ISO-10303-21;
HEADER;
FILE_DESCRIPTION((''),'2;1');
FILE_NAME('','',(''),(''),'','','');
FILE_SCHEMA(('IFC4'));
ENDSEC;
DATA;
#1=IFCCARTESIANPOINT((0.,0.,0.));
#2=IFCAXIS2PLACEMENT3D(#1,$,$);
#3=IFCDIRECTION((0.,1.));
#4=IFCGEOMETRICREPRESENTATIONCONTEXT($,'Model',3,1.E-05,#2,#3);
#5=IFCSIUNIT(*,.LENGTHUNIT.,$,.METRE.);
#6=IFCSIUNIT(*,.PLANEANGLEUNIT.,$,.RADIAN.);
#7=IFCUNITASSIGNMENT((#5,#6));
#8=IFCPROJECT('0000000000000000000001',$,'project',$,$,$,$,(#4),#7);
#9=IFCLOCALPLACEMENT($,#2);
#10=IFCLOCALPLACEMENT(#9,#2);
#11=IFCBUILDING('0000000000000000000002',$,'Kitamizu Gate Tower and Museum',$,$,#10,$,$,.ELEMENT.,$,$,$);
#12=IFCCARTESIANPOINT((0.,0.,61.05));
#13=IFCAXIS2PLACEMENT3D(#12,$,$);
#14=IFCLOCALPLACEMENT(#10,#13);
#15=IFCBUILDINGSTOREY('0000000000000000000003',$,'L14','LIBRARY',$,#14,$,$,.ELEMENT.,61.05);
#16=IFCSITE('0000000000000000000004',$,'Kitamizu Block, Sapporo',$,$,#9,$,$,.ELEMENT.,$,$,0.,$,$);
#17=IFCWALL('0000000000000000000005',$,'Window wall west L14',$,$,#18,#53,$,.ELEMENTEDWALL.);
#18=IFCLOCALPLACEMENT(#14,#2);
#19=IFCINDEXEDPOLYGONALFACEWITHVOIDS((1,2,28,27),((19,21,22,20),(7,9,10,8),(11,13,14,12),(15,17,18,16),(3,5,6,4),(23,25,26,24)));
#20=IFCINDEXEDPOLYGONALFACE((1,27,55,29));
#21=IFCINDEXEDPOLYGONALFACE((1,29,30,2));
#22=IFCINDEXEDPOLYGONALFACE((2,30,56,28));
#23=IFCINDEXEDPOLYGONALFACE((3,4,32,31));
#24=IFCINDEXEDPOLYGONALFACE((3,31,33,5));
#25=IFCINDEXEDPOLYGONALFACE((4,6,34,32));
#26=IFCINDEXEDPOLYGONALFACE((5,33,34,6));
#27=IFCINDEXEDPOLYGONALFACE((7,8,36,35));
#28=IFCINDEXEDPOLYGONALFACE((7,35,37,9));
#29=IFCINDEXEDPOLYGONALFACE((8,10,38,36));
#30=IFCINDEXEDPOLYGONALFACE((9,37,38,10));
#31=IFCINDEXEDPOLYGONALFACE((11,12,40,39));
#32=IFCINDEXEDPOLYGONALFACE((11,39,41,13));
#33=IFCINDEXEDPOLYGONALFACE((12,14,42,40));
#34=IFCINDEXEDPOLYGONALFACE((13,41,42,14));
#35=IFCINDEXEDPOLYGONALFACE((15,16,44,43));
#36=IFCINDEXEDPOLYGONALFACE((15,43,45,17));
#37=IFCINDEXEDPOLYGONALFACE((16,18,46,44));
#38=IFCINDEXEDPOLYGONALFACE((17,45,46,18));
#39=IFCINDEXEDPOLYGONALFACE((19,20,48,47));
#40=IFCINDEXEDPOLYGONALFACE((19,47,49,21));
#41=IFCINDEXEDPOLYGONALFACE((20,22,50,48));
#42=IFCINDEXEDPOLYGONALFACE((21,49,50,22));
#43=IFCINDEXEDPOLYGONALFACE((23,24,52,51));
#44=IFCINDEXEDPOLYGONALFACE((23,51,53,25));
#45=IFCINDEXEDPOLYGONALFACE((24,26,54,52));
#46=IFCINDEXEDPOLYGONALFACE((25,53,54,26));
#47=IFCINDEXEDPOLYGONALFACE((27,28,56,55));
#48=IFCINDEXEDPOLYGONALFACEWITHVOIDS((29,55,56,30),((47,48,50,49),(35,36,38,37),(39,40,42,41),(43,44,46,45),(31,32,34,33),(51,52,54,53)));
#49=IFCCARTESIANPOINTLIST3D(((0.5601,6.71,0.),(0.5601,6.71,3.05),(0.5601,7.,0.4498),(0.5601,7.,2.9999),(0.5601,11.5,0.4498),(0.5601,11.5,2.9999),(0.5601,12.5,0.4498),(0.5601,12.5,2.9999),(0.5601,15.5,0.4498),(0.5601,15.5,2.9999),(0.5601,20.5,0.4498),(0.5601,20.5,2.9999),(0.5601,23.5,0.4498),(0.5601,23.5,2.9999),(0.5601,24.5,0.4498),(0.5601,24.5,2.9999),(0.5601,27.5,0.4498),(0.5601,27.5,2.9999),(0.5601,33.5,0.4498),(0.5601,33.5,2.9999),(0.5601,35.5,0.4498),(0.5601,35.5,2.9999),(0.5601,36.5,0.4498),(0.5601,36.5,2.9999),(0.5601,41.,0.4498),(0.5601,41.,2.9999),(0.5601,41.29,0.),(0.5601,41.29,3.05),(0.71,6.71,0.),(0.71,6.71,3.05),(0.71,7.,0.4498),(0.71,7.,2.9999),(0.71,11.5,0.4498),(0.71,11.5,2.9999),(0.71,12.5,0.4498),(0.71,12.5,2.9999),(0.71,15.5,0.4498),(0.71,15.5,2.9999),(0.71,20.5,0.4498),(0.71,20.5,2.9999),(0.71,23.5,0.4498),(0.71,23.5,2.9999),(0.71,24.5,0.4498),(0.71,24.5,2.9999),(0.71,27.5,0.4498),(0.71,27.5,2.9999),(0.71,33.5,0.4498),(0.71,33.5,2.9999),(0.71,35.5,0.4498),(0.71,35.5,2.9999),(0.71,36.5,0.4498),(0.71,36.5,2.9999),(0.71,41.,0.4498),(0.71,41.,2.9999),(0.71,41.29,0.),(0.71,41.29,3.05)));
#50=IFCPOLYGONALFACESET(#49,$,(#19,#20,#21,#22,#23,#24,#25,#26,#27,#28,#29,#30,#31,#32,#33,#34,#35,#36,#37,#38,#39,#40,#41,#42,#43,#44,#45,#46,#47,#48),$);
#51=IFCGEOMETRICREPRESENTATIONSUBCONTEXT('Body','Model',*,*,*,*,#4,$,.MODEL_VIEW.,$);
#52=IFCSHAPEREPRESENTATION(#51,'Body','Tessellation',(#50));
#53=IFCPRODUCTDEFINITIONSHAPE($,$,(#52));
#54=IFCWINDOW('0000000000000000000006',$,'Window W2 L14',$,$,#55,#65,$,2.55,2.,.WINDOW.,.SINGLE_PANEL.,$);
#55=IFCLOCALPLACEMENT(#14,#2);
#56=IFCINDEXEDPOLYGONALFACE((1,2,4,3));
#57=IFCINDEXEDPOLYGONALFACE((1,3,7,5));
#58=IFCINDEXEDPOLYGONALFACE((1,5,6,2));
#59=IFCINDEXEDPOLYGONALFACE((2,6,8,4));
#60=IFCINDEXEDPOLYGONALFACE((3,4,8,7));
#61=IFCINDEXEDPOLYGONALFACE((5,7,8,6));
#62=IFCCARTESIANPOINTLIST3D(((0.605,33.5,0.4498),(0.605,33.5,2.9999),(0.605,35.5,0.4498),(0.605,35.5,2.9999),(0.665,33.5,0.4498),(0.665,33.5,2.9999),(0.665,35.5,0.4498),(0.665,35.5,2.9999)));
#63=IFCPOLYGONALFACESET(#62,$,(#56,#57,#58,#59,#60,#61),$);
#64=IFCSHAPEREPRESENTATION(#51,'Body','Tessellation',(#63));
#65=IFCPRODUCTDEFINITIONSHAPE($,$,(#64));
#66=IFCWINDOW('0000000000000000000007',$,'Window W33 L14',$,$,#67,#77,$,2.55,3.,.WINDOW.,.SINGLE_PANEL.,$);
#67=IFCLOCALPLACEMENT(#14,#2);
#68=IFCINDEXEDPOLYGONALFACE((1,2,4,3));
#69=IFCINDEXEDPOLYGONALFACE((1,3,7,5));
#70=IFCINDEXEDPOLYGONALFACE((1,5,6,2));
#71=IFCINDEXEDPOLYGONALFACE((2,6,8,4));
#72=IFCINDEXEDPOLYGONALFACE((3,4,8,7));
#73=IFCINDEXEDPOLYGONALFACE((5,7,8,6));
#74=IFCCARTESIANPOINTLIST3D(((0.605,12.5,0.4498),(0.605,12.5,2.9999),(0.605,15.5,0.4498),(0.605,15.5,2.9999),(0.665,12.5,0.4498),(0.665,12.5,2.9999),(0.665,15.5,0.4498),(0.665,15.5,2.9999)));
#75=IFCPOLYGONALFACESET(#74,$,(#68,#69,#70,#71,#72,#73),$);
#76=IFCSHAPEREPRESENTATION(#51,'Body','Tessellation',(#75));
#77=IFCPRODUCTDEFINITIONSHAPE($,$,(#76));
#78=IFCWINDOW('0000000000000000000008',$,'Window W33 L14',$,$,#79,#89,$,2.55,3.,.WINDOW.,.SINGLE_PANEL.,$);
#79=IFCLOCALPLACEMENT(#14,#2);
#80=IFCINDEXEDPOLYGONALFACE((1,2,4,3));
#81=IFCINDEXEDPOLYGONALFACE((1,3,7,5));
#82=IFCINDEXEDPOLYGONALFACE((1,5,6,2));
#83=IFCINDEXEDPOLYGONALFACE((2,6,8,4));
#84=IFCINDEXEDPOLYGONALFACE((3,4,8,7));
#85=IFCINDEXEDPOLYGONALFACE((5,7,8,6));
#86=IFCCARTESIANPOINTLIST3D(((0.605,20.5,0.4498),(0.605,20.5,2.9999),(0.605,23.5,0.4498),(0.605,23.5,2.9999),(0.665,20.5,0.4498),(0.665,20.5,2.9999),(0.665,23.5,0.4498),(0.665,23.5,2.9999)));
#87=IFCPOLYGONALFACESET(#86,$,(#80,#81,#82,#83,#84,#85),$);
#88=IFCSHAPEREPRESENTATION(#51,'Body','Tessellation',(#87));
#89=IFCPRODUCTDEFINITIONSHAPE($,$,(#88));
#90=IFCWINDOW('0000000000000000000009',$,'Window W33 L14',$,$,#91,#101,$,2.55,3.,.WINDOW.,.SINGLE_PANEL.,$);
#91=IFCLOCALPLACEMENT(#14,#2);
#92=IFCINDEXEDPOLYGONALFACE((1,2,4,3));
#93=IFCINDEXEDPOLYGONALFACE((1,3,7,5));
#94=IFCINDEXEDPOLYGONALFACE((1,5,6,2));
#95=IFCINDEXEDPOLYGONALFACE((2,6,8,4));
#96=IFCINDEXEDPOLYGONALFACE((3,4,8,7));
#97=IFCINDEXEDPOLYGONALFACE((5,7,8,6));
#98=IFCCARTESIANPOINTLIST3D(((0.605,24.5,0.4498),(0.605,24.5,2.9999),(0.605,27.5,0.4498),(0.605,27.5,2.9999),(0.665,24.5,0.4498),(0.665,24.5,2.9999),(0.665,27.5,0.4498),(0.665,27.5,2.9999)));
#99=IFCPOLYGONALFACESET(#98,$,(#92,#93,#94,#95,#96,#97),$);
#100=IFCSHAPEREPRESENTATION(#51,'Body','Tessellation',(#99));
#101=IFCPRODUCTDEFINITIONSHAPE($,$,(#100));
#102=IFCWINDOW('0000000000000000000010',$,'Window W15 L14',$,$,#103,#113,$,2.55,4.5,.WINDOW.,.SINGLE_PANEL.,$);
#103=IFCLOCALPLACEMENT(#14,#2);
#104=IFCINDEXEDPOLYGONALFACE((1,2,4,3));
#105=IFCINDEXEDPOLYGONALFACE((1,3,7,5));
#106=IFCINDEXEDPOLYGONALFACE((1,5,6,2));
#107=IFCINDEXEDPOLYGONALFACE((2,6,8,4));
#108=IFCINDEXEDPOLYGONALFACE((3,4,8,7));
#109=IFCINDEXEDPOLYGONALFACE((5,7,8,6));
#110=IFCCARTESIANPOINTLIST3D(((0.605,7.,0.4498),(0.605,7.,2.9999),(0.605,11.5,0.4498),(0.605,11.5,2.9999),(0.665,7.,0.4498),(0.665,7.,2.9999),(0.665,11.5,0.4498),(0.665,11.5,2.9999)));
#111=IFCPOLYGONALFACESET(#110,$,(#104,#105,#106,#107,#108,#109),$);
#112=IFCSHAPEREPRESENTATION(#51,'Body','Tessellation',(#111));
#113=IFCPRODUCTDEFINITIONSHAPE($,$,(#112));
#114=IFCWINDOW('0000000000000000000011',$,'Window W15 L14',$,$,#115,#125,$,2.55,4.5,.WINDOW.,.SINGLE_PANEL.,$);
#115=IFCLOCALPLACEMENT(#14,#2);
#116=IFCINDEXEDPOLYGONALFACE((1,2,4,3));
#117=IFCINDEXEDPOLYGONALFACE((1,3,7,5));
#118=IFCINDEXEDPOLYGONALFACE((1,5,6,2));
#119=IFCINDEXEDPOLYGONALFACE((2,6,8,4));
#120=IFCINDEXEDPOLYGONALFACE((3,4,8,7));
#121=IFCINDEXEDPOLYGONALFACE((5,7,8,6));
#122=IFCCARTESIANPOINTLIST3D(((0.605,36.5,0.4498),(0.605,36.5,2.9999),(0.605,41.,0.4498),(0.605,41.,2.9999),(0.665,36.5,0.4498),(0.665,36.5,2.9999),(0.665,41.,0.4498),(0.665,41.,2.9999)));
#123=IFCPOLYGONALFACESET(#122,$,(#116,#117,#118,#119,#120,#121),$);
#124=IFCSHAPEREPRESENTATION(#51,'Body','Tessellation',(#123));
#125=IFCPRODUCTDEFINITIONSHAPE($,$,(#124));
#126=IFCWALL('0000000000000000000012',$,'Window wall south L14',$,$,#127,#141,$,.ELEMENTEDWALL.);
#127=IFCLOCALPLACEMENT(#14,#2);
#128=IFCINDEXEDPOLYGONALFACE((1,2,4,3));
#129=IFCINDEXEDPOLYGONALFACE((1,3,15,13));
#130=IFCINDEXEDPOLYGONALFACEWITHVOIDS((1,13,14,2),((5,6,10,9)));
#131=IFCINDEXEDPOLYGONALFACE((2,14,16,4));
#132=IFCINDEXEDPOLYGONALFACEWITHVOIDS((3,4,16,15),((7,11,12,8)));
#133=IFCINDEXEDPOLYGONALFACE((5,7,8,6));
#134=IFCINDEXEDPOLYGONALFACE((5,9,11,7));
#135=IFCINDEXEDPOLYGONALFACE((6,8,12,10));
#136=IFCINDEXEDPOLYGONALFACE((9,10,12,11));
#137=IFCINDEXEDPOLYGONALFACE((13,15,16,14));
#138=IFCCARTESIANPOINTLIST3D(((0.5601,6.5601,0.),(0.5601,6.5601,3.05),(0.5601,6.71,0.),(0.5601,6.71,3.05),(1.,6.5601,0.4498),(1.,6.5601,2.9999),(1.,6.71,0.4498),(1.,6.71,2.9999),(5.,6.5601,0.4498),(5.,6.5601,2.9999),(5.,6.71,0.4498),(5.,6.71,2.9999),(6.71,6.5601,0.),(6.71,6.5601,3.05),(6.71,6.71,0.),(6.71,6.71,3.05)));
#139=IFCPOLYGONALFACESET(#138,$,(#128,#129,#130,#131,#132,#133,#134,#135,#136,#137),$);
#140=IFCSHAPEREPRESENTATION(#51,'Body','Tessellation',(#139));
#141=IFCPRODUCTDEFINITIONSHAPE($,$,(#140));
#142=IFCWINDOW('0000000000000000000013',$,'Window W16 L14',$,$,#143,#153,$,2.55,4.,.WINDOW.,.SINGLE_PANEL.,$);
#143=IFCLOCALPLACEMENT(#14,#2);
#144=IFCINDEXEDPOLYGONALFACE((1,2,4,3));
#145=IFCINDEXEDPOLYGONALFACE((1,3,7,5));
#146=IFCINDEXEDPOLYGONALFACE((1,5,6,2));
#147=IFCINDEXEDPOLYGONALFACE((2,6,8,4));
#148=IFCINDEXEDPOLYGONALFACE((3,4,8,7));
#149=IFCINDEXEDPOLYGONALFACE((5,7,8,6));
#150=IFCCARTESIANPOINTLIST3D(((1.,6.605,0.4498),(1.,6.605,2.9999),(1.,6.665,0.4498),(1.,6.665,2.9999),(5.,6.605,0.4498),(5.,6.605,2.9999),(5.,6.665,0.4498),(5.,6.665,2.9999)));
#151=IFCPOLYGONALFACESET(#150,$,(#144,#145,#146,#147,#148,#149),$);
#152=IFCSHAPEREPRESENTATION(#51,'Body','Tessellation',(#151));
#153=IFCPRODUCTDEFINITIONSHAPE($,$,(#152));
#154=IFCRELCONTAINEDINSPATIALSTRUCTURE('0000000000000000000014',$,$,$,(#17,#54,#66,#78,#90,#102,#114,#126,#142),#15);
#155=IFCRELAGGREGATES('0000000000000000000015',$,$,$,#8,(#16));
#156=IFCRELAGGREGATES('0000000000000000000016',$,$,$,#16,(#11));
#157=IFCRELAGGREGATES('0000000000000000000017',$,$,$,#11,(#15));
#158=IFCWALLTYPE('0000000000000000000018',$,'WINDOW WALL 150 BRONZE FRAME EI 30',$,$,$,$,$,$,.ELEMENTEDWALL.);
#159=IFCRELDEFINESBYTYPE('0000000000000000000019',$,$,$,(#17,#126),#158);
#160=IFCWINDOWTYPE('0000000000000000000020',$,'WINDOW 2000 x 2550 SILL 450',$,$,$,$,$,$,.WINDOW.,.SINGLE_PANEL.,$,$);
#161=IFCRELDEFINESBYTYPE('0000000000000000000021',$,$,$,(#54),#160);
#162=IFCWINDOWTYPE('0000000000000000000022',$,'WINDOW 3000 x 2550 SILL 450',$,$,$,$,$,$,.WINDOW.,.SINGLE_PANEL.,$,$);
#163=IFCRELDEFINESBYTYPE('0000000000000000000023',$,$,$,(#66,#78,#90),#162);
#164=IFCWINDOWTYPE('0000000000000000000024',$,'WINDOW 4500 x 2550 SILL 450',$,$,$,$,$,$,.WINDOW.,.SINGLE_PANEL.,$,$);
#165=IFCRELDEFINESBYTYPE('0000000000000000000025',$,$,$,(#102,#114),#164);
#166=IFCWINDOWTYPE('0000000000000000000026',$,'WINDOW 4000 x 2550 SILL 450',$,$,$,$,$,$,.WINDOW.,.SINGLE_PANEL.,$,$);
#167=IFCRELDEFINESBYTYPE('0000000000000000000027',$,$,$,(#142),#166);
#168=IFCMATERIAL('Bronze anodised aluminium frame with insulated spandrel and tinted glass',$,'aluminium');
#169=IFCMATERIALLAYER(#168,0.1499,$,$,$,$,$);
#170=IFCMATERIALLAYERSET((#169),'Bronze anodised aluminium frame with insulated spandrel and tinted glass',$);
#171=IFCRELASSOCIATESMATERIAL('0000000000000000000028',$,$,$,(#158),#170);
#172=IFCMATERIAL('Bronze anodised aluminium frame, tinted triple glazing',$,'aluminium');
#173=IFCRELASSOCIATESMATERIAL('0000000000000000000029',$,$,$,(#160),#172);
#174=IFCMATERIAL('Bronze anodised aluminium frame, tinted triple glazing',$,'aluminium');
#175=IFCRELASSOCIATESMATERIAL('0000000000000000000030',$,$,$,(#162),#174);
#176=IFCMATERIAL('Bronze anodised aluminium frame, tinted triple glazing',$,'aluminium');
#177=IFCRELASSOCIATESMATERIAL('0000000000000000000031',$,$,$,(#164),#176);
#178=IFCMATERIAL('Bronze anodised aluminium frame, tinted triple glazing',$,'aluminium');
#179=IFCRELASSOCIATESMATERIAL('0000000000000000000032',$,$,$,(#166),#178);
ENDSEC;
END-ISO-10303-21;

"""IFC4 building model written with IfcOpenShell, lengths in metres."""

from ifc_helpers import new_model, si_unit, direction, frame, frame_2d, origin, place, context, subcontext, project, spatial, rectangle, extrude, material, layer, layer_set, type_object, element, fill, save


model = new_model("IFC4")

# Units and contexts
model_context = context("Model", 3, precision=1e-05, world=origin(), true_north=direction((0.0, 1.0)))
body_context = subcontext(model_context, "Body", "Model", "MODEL_VIEW")
ifc_project = project(units=[si_unit("LENGTHUNIT", "METRE"), si_unit("PLANEANGLEUNIT", "RADIAN")], contexts=[model_context])

# Site, building, storey
site_placement = place(None, origin())
site = spatial("IfcSite", under=ifc_project, at=site_placement, Name="Kitamizu Block, Sapporo", CompositionType="ELEMENT", RefElevation=0.0)
building_placement = place(site_placement, origin())
building = spatial("IfcBuilding", under=site, at=building_placement, Name="Kitamizu Gate Tower and Museum", CompositionType="ELEMENT")
storey_placement = place(building_placement, frame((0.0, 0.0, 61.05)))
storey = spatial("IfcBuildingStorey", under=building, at=storey_placement, Name="L14", Description="LIBRARY", CompositionType="ELEMENT", Elevation=61.05)

# Wall, openings, windows
ifc_material_1 = material(Name="Bronze anodised aluminium frame with insulated spandrel and tinted glass", Category="aluminium")
ifc_layer_1 = layer(ifc_material_1, 0.1499)
ifc_layer_set_1 = layer_set([ifc_layer_1], Name="Bronze anodised aluminium frame with insulated spandrel and tinted glass")
wall_type_1 = type_object("IfcWallType", Name="WINDOW WALL 150 BRONZE FRAME EI 30", PredefinedType="ELEMENTEDWALL", material=ifc_layer_set_1)
wall_1_placement = place(storey_placement, frame((0.635, 6.71, 0.0), z_axis=(0.0, 0.0, 1.0), x_axis=(0.0, 1.0, 0.0)))
wall_1 = element("IfcWall", 1, at=wall_1_placement, inside=storey, type_object=wall_type_1, Name="Window wall west L14", PredefinedType="ELEMENTEDWALL", context=body_context, shape_type="SweptSolid", body=[
    extrude(rectangle(XDim=34.5801, YDim=0.1499, at=frame_2d((17.29, 0.0))), origin(), (0.0, 0.0, 1.0), 3.05),
])
opening_1_placement = place(wall_1_placement, frame((0.29, 0.0, 0.45)))
opening_1 = element("IfcOpeningElement", 2, at=opening_1_placement, cuts=wall_1, PredefinedType="OPENING", context=body_context, shape_type="SweptSolid", body=[
    extrude(rectangle(XDim=4.5, YDim=2.55, at=frame_2d((2.25, 1.2749))), frame((0.0, 0.085, 0.0), z_axis=(0.0, -1.0, 0.0), x_axis=(1.0, 0.0, 0.0)), (0.0, 0.0, 1.0), 0.1699),
])
opening_2_placement = place(wall_1_placement, frame((5.79, 0.0, 0.45)))
opening_2 = element("IfcOpeningElement", 3, at=opening_2_placement, cuts=wall_1, PredefinedType="OPENING", context=body_context, shape_type="SweptSolid", body=[
    extrude(rectangle(XDim=3.0, YDim=2.55, at=frame_2d((1.5, 1.2749))), frame((0.0, 0.085, 0.0), z_axis=(0.0, -1.0, 0.0), x_axis=(1.0, 0.0, 0.0)), (0.0, 0.0, 1.0), 0.1699),
])
opening_3_placement = place(wall_1_placement, frame((13.79, 0.0, 0.45)))
opening_3 = element("IfcOpeningElement", 4, at=opening_3_placement, cuts=wall_1, PredefinedType="OPENING", context=body_context, shape_type="SweptSolid", body=[
    extrude(rectangle(XDim=3.0, YDim=2.55, at=frame_2d((1.5, 1.2749))), frame((0.0, 0.085, 0.0), z_axis=(0.0, -1.0, 0.0), x_axis=(1.0, 0.0, 0.0)), (0.0, 0.0, 1.0), 0.1699),
])
opening_4_placement = place(wall_1_placement, frame((17.79, 0.0, 0.45)))
opening_4 = element("IfcOpeningElement", 5, at=opening_4_placement, cuts=wall_1, PredefinedType="OPENING", context=body_context, shape_type="SweptSolid", body=[
    extrude(rectangle(XDim=3.0, YDim=2.55, at=frame_2d((1.5, 1.2749))), frame((0.0, 0.085, 0.0), z_axis=(0.0, -1.0, 0.0), x_axis=(1.0, 0.0, 0.0)), (0.0, 0.0, 1.0), 0.1699),
])
opening_5_placement = place(wall_1_placement, frame((26.79, 0.0, 0.45)))
opening_5 = element("IfcOpeningElement", 6, at=opening_5_placement, cuts=wall_1, PredefinedType="OPENING", context=body_context, shape_type="SweptSolid", body=[
    extrude(rectangle(XDim=2.0, YDim=2.55, at=frame_2d((1.0, 1.2749))), frame((0.0, 0.085, 0.0), z_axis=(0.0, -1.0, 0.0), x_axis=(1.0, 0.0, 0.0)), (0.0, 0.0, 1.0), 0.1699),
])
opening_6_placement = place(wall_1_placement, frame((29.79, 0.0, 0.45)))
opening_6 = element("IfcOpeningElement", 7, at=opening_6_placement, cuts=wall_1, PredefinedType="OPENING", context=body_context, shape_type="SweptSolid", body=[
    extrude(rectangle(XDim=4.5, YDim=2.55, at=frame_2d((2.25, 1.2749))), frame((0.0, 0.085, 0.0), z_axis=(0.0, -1.0, 0.0), x_axis=(1.0, 0.0, 0.0)), (0.0, 0.0, 1.0), 0.1699),
])
ifc_material_2 = material(Name="Bronze anodised aluminium frame, tinted triple glazing", Category="aluminium")
window_type_1 = type_object("IfcWindowType", Name="WINDOW 2000 x 2550 SILL 450", PartitioningType="SINGLE_PANEL", PredefinedType="WINDOW", material=ifc_material_2)
window_1_placement = place(opening_5_placement, origin())
window_1 = element("IfcWindow", 8, at=window_1_placement, inside=storey, type_object=window_type_1, Name="Window W2 L14", OverallHeight=2.55, OverallWidth=2.0, PartitioningType="SINGLE_PANEL", PredefinedType="WINDOW", context=body_context, shape_type="SweptSolid", body=[
    extrude(rectangle(XDim=2.0, YDim=2.55, at=frame_2d((1.0, 1.2749))), frame((0.0, 0.03, 0.0), z_axis=(0.0, -1.0, 0.0), x_axis=(1.0, 0.0, 0.0)), (0.0, 0.0, 1.0), 0.0601),
])
fill(opening_5, window_1)
ifc_material_3 = material(Name="Bronze anodised aluminium frame, tinted triple glazing", Category="aluminium")
window_type_2 = type_object("IfcWindowType", Name="WINDOW 3000 x 2550 SILL 450", PartitioningType="SINGLE_PANEL", PredefinedType="WINDOW", material=ifc_material_3)
window_2_placement = place(opening_2_placement, origin())
window_2 = element("IfcWindow", 9, at=window_2_placement, inside=storey, type_object=window_type_2, Name="Window W33 L14", OverallHeight=2.55, OverallWidth=3.0, PartitioningType="SINGLE_PANEL", PredefinedType="WINDOW", context=body_context, shape_type="SweptSolid", body=[
    extrude(rectangle(XDim=3.0, YDim=2.55, at=frame_2d((1.5, 1.2749))), frame((0.0, 0.03, 0.0), z_axis=(0.0, -1.0, 0.0), x_axis=(1.0, 0.0, 0.0)), (0.0, 0.0, 1.0), 0.0601),
])
fill(opening_2, window_2)
window_3_placement = place(opening_3_placement, origin())
window_3 = element("IfcWindow", 10, at=window_3_placement, inside=storey, type_object=window_type_2, Name="Window W33 L14", OverallHeight=2.55, OverallWidth=3.0, PartitioningType="SINGLE_PANEL", PredefinedType="WINDOW", context=body_context, shape_type="SweptSolid", body=[
    extrude(rectangle(XDim=3.0, YDim=2.55, at=frame_2d((1.5, 1.2749))), frame((0.0, 0.03, 0.0), z_axis=(0.0, -1.0, 0.0), x_axis=(1.0, 0.0, 0.0)), (0.0, 0.0, 1.0), 0.0601),
])
fill(opening_3, window_3)
window_4_placement = place(opening_4_placement, origin())
window_4 = element("IfcWindow", 11, at=window_4_placement, inside=storey, type_object=window_type_2, Name="Window W33 L14", OverallHeight=2.55, OverallWidth=3.0, PartitioningType="SINGLE_PANEL", PredefinedType="WINDOW", context=body_context, shape_type="SweptSolid", body=[
    extrude(rectangle(XDim=3.0, YDim=2.55, at=frame_2d((1.5, 1.2749))), frame((0.0, 0.03, 0.0), z_axis=(0.0, -1.0, 0.0), x_axis=(1.0, 0.0, 0.0)), (0.0, 0.0, 1.0), 0.0601),
])
fill(opening_4, window_4)
ifc_material_4 = material(Name="Bronze anodised aluminium frame, tinted triple glazing", Category="aluminium")
window_type_3 = type_object("IfcWindowType", Name="WINDOW 4500 x 2550 SILL 450", PartitioningType="SINGLE_PANEL", PredefinedType="WINDOW", material=ifc_material_4)
window_5_placement = place(opening_1_placement, origin())
window_5 = element("IfcWindow", 12, at=window_5_placement, inside=storey, type_object=window_type_3, Name="Window W15 L14", OverallHeight=2.55, OverallWidth=4.5, PartitioningType="SINGLE_PANEL", PredefinedType="WINDOW", context=body_context, shape_type="SweptSolid", body=[
    extrude(rectangle(XDim=4.5, YDim=2.55, at=frame_2d((2.25, 1.2749))), frame((0.0, 0.03, 0.0), z_axis=(0.0, -1.0, 0.0), x_axis=(1.0, 0.0, 0.0)), (0.0, 0.0, 1.0), 0.0601),
])
fill(opening_1, window_5)
window_6_placement = place(opening_6_placement, origin())
window_6 = element("IfcWindow", 13, at=window_6_placement, inside=storey, type_object=window_type_3, Name="Window W15 L14", OverallHeight=2.55, OverallWidth=4.5, PartitioningType="SINGLE_PANEL", PredefinedType="WINDOW", context=body_context, shape_type="SweptSolid", body=[
    extrude(rectangle(XDim=4.5, YDim=2.55, at=frame_2d((2.25, 1.2749))), frame((0.0, 0.03, 0.0), z_axis=(0.0, -1.0, 0.0), x_axis=(1.0, 0.0, 0.0)), (0.0, 0.0, 1.0), 0.0601),
])
fill(opening_6, window_6)

# Wall, opening, window
wall_2_placement = place(storey_placement, frame((0.5601, 6.635, 0.0), z_axis=(0.0, 0.0, 1.0), x_axis=(1.0, 0.0, 0.0)))
wall_2 = element("IfcWall", 14, at=wall_2_placement, inside=storey, type_object=wall_type_1, Name="Window wall south L14", PredefinedType="ELEMENTEDWALL", context=body_context, shape_type="SweptSolid", body=[
    extrude(rectangle(XDim=6.1499, YDim=0.1499, at=frame_2d((3.075, 0.0))), origin(), (0.0, 0.0, 1.0), 3.05),
])
opening_7_placement = place(wall_2_placement, frame((0.4399, 0.0, 0.45)))
opening_7 = element("IfcOpeningElement", 15, at=opening_7_placement, cuts=wall_2, PredefinedType="OPENING", context=body_context, shape_type="SweptSolid", body=[
    extrude(rectangle(XDim=4.0, YDim=2.55, at=frame_2d((2.0, 1.2749))), frame((0.0, 0.085, 0.0), z_axis=(0.0, -1.0, 0.0), x_axis=(1.0, 0.0, 0.0)), (0.0, 0.0, 1.0), 0.1699),
])
ifc_material_5 = material(Name="Bronze anodised aluminium frame, tinted triple glazing", Category="aluminium")
window_type_4 = type_object("IfcWindowType", Name="WINDOW 4000 x 2550 SILL 450", PartitioningType="SINGLE_PANEL", PredefinedType="WINDOW", material=ifc_material_5)
window_7_placement = place(opening_7_placement, origin())
window_7 = element("IfcWindow", 16, at=window_7_placement, inside=storey, type_object=window_type_4, Name="Window W16 L14", OverallHeight=2.55, OverallWidth=4.0, PartitioningType="SINGLE_PANEL", PredefinedType="WINDOW", context=body_context, shape_type="SweptSolid", body=[
    extrude(rectangle(XDim=4.0, YDim=2.55, at=frame_2d((2.0, 1.2749))), frame((0.0, 0.03, 0.0), z_axis=(0.0, -1.0, 0.0), x_axis=(1.0, 0.0, 0.0)), (0.0, 0.0, 1.0), 0.0601),
])
fill(opening_7, window_7)

save(model, "model.ifc")
